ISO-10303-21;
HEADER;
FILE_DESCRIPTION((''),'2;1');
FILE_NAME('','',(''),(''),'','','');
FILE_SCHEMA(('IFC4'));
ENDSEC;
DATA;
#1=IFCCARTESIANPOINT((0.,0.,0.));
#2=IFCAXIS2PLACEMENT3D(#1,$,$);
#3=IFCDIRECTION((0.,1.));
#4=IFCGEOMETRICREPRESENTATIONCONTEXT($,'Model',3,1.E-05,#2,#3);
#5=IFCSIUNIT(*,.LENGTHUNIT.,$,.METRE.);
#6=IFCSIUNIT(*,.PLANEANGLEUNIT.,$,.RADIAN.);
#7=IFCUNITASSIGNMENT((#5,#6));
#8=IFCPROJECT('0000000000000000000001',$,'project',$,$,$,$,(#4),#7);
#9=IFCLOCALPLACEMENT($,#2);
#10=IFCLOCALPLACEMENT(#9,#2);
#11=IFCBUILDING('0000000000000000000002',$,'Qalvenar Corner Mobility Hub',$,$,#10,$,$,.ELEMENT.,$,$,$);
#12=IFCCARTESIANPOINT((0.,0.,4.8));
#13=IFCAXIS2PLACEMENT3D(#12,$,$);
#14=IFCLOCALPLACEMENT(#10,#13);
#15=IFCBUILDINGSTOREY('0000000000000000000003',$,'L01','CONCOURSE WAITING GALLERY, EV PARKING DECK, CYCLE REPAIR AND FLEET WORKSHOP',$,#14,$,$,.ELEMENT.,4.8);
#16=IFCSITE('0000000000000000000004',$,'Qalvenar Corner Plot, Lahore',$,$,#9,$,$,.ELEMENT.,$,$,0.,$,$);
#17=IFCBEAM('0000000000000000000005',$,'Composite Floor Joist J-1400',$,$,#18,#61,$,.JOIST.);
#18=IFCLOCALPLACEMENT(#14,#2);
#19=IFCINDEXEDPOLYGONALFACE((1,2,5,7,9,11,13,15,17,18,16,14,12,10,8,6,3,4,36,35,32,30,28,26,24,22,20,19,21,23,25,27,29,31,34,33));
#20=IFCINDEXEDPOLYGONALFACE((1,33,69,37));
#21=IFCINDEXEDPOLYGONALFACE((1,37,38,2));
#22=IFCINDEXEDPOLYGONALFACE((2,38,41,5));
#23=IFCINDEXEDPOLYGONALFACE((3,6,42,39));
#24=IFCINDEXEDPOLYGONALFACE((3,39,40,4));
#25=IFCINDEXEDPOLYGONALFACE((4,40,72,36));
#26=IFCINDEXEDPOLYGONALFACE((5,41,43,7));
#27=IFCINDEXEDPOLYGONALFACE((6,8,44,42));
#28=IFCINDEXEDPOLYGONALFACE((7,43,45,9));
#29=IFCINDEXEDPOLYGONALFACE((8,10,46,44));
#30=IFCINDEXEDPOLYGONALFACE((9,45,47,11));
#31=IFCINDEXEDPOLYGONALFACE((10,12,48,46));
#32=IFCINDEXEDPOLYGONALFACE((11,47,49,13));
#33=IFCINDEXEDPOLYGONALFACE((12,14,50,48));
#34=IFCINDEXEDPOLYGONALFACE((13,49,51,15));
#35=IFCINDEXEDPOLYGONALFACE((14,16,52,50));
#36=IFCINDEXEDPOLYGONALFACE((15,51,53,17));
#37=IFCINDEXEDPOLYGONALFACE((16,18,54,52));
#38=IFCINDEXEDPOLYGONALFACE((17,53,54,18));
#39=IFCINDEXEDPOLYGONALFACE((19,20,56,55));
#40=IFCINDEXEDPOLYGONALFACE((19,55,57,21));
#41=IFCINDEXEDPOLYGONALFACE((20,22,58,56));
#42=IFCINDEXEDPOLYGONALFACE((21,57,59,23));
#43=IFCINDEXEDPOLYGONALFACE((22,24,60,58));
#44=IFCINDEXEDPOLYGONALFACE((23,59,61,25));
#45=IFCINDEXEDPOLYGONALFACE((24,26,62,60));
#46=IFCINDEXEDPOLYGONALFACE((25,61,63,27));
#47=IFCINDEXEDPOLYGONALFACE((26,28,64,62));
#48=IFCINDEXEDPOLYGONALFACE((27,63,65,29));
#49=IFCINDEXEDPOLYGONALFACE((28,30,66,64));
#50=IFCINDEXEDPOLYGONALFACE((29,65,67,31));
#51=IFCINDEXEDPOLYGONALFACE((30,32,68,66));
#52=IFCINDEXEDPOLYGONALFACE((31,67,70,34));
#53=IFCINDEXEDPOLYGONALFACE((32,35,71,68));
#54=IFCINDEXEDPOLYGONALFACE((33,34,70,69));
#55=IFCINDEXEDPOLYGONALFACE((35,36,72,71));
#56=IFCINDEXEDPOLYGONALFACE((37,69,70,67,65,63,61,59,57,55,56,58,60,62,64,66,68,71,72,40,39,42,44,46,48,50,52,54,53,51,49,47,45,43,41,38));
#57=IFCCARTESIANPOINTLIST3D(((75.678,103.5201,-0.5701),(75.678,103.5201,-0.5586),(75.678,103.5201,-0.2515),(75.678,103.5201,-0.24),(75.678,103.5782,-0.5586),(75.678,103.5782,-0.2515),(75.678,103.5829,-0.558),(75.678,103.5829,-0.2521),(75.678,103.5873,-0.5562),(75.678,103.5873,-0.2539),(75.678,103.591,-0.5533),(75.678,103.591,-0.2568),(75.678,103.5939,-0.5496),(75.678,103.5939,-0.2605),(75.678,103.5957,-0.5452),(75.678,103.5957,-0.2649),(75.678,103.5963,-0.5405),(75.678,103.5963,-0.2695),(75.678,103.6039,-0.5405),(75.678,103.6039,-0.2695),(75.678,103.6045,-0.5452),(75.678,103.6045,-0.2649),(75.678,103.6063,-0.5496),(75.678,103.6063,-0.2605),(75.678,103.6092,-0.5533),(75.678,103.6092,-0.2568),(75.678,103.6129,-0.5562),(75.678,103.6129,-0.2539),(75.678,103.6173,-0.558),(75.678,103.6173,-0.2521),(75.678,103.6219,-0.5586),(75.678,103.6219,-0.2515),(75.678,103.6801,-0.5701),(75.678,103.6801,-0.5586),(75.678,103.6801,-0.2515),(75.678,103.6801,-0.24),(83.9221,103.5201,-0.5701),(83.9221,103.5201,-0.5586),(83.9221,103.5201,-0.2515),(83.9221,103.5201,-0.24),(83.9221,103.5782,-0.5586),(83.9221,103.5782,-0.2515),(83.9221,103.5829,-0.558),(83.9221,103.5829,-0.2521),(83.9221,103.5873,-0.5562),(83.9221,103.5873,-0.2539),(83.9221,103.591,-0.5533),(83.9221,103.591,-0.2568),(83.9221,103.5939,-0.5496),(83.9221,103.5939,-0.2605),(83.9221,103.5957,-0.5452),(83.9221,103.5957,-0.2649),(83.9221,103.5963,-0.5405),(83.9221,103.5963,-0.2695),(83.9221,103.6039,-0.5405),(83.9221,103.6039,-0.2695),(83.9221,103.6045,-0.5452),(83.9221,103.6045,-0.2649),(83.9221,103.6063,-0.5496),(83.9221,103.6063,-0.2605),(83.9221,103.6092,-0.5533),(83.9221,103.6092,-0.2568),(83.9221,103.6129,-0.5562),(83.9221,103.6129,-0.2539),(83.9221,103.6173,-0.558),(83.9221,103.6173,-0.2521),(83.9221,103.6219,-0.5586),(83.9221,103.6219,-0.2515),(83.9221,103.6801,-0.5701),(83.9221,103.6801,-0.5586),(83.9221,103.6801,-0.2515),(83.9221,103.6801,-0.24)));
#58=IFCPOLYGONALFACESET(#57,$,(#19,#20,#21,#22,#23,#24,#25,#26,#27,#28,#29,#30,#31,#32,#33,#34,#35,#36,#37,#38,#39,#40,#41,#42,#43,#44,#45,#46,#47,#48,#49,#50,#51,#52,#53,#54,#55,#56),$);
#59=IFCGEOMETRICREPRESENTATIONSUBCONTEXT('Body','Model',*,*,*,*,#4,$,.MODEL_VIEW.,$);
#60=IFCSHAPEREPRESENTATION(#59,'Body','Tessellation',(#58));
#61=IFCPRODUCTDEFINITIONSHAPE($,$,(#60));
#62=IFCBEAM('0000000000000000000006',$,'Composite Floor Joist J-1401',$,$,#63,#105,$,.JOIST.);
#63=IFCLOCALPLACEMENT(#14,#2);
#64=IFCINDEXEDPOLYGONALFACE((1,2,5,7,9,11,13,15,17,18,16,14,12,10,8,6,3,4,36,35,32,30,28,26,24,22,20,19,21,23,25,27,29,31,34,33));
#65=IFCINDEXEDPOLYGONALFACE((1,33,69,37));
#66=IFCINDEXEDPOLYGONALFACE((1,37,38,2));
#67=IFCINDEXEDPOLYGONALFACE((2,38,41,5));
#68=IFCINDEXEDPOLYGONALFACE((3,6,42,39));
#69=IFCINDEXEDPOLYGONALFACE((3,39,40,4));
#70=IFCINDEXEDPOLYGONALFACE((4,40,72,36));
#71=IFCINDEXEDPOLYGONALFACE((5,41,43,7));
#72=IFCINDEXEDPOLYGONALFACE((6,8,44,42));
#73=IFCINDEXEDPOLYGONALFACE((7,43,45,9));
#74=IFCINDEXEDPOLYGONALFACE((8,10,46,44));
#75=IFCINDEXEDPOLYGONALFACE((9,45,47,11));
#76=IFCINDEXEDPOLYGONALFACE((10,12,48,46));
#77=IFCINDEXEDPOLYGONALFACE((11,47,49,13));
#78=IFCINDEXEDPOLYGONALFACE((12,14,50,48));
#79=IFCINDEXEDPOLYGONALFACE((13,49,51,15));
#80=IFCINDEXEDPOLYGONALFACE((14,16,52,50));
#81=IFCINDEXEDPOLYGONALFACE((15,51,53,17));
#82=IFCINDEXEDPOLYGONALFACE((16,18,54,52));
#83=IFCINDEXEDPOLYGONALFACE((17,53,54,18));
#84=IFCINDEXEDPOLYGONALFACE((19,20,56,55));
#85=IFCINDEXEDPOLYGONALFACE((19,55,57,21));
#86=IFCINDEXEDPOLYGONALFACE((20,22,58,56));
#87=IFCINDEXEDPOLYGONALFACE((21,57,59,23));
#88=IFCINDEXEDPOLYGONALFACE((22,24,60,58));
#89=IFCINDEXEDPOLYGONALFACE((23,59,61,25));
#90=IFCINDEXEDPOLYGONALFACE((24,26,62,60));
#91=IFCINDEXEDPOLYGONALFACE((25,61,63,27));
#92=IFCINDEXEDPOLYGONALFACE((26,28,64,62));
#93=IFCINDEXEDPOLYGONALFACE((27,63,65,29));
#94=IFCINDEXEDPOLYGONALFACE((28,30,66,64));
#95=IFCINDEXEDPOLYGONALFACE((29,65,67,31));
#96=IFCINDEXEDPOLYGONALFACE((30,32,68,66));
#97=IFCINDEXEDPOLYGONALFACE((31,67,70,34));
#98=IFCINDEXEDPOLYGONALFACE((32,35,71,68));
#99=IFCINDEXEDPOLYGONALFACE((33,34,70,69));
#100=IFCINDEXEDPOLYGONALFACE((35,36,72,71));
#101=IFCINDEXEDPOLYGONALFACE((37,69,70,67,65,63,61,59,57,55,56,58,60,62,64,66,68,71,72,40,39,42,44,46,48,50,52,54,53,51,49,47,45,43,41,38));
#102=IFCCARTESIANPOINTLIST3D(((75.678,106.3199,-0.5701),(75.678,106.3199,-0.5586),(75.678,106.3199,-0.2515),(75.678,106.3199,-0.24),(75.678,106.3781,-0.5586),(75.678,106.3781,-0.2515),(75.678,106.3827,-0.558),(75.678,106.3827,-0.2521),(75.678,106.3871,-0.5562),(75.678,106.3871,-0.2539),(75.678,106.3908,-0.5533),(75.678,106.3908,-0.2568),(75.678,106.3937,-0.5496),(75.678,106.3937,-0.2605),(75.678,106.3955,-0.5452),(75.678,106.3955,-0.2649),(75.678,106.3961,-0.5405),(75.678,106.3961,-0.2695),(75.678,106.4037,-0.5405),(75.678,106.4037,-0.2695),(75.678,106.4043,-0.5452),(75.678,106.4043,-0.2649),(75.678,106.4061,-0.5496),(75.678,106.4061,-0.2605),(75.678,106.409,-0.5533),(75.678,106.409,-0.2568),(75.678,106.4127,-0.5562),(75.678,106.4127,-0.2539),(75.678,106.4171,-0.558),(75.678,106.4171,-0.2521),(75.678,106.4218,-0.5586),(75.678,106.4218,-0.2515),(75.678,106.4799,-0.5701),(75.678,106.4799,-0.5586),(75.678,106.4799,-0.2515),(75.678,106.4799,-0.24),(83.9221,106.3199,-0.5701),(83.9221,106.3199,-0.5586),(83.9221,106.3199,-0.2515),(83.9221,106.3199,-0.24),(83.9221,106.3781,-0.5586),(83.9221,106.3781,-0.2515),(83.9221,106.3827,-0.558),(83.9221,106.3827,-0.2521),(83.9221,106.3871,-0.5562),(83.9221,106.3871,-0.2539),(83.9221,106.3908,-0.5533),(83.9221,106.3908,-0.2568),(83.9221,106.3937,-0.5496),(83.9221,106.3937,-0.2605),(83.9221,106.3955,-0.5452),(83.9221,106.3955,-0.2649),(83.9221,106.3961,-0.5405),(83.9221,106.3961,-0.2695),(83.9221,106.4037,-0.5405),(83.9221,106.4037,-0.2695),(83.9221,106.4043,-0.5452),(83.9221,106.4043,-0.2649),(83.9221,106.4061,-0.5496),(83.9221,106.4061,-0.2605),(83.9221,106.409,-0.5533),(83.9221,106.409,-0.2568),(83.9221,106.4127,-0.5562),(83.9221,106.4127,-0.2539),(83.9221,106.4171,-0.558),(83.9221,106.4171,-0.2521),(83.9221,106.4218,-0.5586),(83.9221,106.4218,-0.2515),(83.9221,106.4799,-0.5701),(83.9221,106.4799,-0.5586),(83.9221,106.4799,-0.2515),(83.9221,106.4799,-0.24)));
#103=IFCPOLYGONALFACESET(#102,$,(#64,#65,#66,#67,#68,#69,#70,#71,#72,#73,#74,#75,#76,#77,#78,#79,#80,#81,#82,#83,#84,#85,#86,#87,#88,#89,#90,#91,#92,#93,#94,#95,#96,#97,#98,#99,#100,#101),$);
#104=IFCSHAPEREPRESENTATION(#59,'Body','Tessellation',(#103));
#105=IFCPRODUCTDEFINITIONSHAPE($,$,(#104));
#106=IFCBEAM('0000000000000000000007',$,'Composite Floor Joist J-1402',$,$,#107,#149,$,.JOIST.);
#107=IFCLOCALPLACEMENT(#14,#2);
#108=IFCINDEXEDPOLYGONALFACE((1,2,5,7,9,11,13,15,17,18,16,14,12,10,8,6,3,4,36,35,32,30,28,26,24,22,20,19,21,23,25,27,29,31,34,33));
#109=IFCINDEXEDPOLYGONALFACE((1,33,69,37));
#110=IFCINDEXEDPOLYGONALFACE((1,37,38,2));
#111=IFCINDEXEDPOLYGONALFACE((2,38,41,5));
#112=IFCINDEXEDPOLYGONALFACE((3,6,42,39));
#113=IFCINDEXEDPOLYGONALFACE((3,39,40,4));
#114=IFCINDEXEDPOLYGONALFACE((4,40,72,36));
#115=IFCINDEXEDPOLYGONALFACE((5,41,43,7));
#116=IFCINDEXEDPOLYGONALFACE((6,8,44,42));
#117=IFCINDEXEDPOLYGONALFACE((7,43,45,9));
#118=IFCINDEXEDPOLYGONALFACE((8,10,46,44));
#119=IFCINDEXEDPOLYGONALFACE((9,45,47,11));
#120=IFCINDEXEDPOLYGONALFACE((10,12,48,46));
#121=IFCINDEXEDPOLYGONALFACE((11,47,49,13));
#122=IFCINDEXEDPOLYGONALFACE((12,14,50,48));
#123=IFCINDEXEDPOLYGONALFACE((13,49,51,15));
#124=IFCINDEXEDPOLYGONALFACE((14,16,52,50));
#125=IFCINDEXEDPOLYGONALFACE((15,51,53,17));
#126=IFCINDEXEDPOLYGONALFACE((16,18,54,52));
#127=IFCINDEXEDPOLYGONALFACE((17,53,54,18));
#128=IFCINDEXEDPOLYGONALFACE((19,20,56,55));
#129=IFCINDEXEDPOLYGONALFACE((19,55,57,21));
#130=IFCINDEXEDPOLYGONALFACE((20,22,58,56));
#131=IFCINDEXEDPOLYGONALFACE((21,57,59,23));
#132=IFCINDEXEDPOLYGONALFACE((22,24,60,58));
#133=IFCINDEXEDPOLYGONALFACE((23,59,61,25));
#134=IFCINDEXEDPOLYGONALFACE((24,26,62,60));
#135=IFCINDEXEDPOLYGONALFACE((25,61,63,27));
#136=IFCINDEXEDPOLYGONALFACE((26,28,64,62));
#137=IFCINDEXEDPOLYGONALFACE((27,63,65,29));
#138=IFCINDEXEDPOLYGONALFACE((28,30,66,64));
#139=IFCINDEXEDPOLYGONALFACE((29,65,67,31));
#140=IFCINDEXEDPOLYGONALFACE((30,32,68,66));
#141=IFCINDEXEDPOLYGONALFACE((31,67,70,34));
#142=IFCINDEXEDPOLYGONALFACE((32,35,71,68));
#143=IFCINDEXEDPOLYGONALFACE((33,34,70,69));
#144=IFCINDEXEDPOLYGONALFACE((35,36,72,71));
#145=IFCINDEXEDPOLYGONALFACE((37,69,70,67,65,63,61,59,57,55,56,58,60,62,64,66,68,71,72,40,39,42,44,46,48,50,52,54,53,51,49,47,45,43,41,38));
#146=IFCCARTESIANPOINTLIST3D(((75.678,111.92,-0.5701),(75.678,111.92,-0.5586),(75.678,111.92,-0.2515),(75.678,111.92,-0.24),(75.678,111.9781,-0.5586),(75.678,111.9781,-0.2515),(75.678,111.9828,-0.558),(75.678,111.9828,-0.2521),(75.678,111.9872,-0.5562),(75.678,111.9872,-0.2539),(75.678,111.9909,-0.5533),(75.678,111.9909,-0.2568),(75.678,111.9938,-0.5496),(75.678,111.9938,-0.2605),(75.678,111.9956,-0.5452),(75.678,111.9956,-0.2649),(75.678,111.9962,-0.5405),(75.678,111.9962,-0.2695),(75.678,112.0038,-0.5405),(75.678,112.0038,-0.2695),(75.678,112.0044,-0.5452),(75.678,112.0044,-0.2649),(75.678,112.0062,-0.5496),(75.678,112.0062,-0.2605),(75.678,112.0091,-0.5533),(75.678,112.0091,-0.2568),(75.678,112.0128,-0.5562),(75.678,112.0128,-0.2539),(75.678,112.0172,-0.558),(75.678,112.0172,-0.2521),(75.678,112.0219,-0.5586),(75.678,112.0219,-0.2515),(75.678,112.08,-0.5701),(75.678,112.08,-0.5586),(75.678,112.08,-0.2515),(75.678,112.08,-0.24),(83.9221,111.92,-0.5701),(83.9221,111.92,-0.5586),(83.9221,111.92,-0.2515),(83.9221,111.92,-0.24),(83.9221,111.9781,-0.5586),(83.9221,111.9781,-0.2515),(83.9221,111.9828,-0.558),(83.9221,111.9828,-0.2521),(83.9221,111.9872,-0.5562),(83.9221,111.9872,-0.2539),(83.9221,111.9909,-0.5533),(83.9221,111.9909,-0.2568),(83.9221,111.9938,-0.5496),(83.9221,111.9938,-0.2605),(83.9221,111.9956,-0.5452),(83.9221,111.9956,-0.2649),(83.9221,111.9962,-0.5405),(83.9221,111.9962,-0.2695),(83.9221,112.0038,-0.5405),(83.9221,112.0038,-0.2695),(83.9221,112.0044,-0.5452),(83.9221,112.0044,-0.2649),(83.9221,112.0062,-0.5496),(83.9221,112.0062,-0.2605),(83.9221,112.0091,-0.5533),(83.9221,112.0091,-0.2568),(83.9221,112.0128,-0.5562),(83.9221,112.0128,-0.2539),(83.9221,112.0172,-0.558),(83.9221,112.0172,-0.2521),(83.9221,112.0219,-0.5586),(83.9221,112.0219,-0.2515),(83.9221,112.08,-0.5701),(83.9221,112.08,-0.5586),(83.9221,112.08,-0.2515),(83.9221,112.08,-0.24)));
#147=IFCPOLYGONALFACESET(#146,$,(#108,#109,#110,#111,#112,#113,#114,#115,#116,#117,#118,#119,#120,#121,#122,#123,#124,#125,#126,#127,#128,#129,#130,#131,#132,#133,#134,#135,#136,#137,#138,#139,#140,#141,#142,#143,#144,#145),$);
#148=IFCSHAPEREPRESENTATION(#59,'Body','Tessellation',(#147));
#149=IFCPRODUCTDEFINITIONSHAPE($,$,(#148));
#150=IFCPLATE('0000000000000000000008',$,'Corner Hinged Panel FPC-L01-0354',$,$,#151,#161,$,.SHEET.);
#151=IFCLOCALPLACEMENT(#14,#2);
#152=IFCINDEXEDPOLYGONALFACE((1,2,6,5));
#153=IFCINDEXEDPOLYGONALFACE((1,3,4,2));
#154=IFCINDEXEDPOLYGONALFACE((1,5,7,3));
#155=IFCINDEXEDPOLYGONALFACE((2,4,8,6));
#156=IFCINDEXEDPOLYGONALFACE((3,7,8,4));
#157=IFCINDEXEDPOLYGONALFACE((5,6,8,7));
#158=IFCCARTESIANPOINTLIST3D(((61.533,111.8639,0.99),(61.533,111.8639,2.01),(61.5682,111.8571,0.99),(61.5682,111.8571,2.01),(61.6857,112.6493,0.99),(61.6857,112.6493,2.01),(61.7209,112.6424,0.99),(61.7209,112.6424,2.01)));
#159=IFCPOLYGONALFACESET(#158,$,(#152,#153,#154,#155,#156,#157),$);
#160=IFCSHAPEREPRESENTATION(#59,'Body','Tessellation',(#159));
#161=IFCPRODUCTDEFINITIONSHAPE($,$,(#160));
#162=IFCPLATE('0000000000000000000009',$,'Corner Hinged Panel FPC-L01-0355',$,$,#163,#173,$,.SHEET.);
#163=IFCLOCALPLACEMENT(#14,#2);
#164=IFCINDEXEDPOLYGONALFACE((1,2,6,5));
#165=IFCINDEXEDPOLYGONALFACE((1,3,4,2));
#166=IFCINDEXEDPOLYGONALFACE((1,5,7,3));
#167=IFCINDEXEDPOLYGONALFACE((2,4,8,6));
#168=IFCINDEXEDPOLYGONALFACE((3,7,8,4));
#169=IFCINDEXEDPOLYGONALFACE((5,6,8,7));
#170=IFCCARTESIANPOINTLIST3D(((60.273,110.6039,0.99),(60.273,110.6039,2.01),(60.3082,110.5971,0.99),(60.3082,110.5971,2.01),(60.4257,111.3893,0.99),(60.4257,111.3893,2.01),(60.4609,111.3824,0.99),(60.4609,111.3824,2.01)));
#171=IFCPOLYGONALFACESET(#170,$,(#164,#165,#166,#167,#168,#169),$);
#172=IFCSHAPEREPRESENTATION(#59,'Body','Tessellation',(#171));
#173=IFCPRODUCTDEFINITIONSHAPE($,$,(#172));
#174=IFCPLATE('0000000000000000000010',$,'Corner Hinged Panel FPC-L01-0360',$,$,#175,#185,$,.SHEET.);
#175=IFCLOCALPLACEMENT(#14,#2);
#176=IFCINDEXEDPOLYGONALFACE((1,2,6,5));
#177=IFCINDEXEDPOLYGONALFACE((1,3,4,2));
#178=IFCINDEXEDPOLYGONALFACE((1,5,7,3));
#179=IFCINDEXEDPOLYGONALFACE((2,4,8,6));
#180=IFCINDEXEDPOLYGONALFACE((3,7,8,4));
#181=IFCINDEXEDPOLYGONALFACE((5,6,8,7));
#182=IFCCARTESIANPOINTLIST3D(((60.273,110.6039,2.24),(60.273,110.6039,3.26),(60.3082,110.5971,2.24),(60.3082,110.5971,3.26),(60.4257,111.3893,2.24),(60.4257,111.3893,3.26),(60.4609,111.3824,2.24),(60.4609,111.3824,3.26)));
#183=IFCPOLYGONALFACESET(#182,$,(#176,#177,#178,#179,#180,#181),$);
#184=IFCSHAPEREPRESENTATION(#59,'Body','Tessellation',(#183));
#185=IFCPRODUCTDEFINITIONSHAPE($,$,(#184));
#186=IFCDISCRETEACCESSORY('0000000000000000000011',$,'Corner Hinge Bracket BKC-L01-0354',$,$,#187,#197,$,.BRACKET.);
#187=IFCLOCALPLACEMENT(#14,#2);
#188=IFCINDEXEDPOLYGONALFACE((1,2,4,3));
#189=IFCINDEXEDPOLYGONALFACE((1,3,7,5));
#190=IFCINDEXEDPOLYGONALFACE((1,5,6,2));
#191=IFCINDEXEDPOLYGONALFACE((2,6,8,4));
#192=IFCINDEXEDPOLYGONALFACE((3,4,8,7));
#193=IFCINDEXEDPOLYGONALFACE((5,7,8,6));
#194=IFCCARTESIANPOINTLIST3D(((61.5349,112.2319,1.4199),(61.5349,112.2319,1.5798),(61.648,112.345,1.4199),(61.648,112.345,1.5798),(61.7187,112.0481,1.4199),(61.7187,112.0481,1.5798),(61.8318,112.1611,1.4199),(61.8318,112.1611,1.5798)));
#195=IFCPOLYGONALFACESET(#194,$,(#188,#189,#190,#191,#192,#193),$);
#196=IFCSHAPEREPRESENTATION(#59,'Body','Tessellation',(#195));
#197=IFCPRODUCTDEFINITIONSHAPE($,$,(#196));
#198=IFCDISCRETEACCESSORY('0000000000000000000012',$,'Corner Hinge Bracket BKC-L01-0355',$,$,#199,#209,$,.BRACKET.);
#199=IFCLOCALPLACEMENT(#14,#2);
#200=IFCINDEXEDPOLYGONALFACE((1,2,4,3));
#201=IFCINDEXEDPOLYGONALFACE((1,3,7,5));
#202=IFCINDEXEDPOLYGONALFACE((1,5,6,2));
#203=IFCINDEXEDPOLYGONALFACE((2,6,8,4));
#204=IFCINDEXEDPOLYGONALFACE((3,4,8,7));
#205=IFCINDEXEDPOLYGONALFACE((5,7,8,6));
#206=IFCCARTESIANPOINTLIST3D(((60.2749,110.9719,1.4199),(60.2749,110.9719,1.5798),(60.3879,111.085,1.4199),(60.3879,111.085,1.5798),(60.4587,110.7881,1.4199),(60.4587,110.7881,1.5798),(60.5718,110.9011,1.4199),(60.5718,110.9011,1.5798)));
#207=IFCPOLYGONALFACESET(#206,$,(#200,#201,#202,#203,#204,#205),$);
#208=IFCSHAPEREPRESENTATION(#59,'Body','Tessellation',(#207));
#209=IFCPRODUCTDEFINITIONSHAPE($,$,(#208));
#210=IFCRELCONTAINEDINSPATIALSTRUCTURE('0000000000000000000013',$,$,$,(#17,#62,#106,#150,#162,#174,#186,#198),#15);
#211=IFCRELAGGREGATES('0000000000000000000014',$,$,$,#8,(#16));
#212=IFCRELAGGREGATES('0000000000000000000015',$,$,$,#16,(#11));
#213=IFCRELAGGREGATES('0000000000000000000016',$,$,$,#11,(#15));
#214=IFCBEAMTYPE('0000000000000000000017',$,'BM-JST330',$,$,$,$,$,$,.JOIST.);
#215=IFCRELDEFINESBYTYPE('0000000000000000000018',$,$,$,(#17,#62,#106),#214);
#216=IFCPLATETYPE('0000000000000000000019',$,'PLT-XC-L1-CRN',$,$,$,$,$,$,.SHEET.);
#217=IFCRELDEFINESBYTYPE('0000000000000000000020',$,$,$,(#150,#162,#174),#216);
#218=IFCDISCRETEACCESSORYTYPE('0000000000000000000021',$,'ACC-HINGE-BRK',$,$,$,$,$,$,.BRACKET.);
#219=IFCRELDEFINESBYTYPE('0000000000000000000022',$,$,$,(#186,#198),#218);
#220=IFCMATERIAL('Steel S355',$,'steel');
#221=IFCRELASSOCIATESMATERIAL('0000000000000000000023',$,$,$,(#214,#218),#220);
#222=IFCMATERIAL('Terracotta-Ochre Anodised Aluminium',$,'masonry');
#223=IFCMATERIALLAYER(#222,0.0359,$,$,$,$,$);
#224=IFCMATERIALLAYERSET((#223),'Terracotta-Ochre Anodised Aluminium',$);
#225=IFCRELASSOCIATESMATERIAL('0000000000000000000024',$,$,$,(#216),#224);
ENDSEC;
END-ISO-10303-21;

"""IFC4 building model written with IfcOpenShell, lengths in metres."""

from ifc_helpers import new_model, si_unit, direction, frame, origin, origin_2d, place, context, subcontext, project, spatial, rectangle, i_section, extrude, material, layer, layer_set, material_profile, profile_set, type_object, element, save


model = new_model("IFC4")

# Units and contexts
model_context = context("Model", 3, precision=1e-05, world=origin(), true_north=direction((0.0, 1.0)))
body_context = subcontext(model_context, "Body", "Model", "MODEL_VIEW")
ifc_project = project(units=[si_unit("LENGTHUNIT", "METRE"), si_unit("PLANEANGLEUNIT", "RADIAN")], contexts=[model_context])

# Site, building, storey
site_placement = place(None, origin())
site = spatial("IfcSite", under=ifc_project, at=site_placement, Name="Qalvenar Corner Plot, Lahore", CompositionType="ELEMENT", RefElevation=0.0)
building_placement = place(site_placement, origin())
building = spatial("IfcBuilding", under=site, at=building_placement, Name="Qalvenar Corner Mobility Hub", CompositionType="ELEMENT")
storey_placement = place(building_placement, frame((0.0, 0.0, 4.8)))
storey = spatial("IfcBuildingStorey", under=building, at=storey_placement, Name="L01", Description="CONCOURSE WAITING GALLERY, EV PARKING DECK, CYCLE REPAIR AND FLEET WORKSHOP", CompositionType="ELEMENT", Elevation=4.8)

# Shared definitions
ifc_material_1 = material(Name="Steel S355", Category="steel")

# Beams
ifc_material_profile_1 = material_profile(ifc_material_1, i_section(OverallWidth=0.1599, OverallDepth=0.3301, WebThickness=0.0076, FlangeThickness=0.0115, FilletRadius=0.0181, at=origin_2d()), Name="IPE330")
ifc_profile_set_1 = profile_set([ifc_material_profile_1], Name="Steel S355")
beam_type_1 = type_object("IfcBeamType", Name="BM-JST330", PredefinedType="JOIST", material=ifc_profile_set_1)
for number, where, z_axis, x_axis, name in (
    (1, (75.678, 103.6001, -0.405), (1.0, 0.0, 0.0), (0.0, 1.0, 0.0), "Composite Floor Joist J-1400"),
    (2, (75.678, 106.3999, -0.405), (1.0, 0.0, 0.0), (0.0, 1.0, 0.0), "Composite Floor Joist J-1401"),
    (3, (75.678, 112.0, -0.405), (1.0, 0.0, 0.0), (0.0, 1.0, 0.0), "Composite Floor Joist J-1402"),
):
    element("IfcBeam", number, at=place(storey_placement, frame(where, z_axis=z_axis, x_axis=x_axis)), inside=storey, type_object=beam_type_1, Name=name, PredefinedType="JOIST", context=body_context, shape_type="SweptSolid", body=[
        extrude(i_section(OverallWidth=0.1599, OverallDepth=0.3301, WebThickness=0.0076, FlangeThickness=0.0115, FilletRadius=0.0181, at=origin_2d()), origin(), (0.0, 0.0, 1.0), 8.2441),
    ])

# Plates
ifc_material_2 = material(Name="Terracotta-Ochre Anodised Aluminium", Category="masonry")
ifc_layer = layer(ifc_material_2, 0.0359)
ifc_layer_set = layer_set([ifc_layer], Name="Terracotta-Ochre Anodised Aluminium")
plate_type = type_object("IfcPlateType", Name="PLT-XC-L1-CRN", PredefinedType="SHEET", material=ifc_layer_set)
for number, where, z_axis, x_axis, name in (
    (4, (61.627, 112.2532, 0.99), (0.0, 0.0, 1.0), (-0.190809, -0.981627, 0.0), "Corner Hinged Panel FPC-L01-0354"),
    (5, (60.3669, 110.9932, 0.99), (0.0, 0.0, 1.0), (-0.190809, -0.981627, 0.0), "Corner Hinged Panel FPC-L01-0355"),
    (6, (60.3669, 110.9932, 2.24), (0.0, 0.0, 1.0), (-0.190809, -0.981627, 0.0), "Corner Hinged Panel FPC-L01-0360"),
):
    element("IfcPlate", number, at=place(storey_placement, frame(where, z_axis=z_axis, x_axis=x_axis)), inside=storey, type_object=plate_type, Name=name, PredefinedType="SHEET", context=body_context, shape_type="SweptSolid", body=[
        extrude(rectangle(XDim=0.8, YDim=0.0359, at=origin_2d()), origin(), (0.0, 0.0, 1.0), 1.02),
    ])

# Discrete accessories
discrete_accessory_type = type_object("IfcDiscreteAccessoryType", Name="ACC-HINGE-BRK", PredefinedType="BRACKET", material=ifc_material_1)
for number, where, z_axis, x_axis, name in (
    (7, (61.6833, 112.1965, 1.4199), (0.0, 0.0, 1.0), (-0.707107, -0.707107, 0.0), "Corner Hinge Bracket BKC-L01-0354"),
    (8, (60.4233, 110.9365, 1.4199), (0.0, 0.0, 1.0), (-0.707107, -0.707107, 0.0), "Corner Hinge Bracket BKC-L01-0355"),
):
    element("IfcDiscreteAccessory", number, at=place(storey_placement, frame(where, z_axis=z_axis, x_axis=x_axis)), inside=storey, type_object=discrete_accessory_type, Name=name, PredefinedType="BRACKET", context=body_context, shape_type="SweptSolid", body=[
        extrude(rectangle(XDim=0.1599, YDim=0.26, at=origin_2d()), origin(), (0.0, 0.0, 1.0), 0.1599),
    ])

save(model, "model.ifc")
